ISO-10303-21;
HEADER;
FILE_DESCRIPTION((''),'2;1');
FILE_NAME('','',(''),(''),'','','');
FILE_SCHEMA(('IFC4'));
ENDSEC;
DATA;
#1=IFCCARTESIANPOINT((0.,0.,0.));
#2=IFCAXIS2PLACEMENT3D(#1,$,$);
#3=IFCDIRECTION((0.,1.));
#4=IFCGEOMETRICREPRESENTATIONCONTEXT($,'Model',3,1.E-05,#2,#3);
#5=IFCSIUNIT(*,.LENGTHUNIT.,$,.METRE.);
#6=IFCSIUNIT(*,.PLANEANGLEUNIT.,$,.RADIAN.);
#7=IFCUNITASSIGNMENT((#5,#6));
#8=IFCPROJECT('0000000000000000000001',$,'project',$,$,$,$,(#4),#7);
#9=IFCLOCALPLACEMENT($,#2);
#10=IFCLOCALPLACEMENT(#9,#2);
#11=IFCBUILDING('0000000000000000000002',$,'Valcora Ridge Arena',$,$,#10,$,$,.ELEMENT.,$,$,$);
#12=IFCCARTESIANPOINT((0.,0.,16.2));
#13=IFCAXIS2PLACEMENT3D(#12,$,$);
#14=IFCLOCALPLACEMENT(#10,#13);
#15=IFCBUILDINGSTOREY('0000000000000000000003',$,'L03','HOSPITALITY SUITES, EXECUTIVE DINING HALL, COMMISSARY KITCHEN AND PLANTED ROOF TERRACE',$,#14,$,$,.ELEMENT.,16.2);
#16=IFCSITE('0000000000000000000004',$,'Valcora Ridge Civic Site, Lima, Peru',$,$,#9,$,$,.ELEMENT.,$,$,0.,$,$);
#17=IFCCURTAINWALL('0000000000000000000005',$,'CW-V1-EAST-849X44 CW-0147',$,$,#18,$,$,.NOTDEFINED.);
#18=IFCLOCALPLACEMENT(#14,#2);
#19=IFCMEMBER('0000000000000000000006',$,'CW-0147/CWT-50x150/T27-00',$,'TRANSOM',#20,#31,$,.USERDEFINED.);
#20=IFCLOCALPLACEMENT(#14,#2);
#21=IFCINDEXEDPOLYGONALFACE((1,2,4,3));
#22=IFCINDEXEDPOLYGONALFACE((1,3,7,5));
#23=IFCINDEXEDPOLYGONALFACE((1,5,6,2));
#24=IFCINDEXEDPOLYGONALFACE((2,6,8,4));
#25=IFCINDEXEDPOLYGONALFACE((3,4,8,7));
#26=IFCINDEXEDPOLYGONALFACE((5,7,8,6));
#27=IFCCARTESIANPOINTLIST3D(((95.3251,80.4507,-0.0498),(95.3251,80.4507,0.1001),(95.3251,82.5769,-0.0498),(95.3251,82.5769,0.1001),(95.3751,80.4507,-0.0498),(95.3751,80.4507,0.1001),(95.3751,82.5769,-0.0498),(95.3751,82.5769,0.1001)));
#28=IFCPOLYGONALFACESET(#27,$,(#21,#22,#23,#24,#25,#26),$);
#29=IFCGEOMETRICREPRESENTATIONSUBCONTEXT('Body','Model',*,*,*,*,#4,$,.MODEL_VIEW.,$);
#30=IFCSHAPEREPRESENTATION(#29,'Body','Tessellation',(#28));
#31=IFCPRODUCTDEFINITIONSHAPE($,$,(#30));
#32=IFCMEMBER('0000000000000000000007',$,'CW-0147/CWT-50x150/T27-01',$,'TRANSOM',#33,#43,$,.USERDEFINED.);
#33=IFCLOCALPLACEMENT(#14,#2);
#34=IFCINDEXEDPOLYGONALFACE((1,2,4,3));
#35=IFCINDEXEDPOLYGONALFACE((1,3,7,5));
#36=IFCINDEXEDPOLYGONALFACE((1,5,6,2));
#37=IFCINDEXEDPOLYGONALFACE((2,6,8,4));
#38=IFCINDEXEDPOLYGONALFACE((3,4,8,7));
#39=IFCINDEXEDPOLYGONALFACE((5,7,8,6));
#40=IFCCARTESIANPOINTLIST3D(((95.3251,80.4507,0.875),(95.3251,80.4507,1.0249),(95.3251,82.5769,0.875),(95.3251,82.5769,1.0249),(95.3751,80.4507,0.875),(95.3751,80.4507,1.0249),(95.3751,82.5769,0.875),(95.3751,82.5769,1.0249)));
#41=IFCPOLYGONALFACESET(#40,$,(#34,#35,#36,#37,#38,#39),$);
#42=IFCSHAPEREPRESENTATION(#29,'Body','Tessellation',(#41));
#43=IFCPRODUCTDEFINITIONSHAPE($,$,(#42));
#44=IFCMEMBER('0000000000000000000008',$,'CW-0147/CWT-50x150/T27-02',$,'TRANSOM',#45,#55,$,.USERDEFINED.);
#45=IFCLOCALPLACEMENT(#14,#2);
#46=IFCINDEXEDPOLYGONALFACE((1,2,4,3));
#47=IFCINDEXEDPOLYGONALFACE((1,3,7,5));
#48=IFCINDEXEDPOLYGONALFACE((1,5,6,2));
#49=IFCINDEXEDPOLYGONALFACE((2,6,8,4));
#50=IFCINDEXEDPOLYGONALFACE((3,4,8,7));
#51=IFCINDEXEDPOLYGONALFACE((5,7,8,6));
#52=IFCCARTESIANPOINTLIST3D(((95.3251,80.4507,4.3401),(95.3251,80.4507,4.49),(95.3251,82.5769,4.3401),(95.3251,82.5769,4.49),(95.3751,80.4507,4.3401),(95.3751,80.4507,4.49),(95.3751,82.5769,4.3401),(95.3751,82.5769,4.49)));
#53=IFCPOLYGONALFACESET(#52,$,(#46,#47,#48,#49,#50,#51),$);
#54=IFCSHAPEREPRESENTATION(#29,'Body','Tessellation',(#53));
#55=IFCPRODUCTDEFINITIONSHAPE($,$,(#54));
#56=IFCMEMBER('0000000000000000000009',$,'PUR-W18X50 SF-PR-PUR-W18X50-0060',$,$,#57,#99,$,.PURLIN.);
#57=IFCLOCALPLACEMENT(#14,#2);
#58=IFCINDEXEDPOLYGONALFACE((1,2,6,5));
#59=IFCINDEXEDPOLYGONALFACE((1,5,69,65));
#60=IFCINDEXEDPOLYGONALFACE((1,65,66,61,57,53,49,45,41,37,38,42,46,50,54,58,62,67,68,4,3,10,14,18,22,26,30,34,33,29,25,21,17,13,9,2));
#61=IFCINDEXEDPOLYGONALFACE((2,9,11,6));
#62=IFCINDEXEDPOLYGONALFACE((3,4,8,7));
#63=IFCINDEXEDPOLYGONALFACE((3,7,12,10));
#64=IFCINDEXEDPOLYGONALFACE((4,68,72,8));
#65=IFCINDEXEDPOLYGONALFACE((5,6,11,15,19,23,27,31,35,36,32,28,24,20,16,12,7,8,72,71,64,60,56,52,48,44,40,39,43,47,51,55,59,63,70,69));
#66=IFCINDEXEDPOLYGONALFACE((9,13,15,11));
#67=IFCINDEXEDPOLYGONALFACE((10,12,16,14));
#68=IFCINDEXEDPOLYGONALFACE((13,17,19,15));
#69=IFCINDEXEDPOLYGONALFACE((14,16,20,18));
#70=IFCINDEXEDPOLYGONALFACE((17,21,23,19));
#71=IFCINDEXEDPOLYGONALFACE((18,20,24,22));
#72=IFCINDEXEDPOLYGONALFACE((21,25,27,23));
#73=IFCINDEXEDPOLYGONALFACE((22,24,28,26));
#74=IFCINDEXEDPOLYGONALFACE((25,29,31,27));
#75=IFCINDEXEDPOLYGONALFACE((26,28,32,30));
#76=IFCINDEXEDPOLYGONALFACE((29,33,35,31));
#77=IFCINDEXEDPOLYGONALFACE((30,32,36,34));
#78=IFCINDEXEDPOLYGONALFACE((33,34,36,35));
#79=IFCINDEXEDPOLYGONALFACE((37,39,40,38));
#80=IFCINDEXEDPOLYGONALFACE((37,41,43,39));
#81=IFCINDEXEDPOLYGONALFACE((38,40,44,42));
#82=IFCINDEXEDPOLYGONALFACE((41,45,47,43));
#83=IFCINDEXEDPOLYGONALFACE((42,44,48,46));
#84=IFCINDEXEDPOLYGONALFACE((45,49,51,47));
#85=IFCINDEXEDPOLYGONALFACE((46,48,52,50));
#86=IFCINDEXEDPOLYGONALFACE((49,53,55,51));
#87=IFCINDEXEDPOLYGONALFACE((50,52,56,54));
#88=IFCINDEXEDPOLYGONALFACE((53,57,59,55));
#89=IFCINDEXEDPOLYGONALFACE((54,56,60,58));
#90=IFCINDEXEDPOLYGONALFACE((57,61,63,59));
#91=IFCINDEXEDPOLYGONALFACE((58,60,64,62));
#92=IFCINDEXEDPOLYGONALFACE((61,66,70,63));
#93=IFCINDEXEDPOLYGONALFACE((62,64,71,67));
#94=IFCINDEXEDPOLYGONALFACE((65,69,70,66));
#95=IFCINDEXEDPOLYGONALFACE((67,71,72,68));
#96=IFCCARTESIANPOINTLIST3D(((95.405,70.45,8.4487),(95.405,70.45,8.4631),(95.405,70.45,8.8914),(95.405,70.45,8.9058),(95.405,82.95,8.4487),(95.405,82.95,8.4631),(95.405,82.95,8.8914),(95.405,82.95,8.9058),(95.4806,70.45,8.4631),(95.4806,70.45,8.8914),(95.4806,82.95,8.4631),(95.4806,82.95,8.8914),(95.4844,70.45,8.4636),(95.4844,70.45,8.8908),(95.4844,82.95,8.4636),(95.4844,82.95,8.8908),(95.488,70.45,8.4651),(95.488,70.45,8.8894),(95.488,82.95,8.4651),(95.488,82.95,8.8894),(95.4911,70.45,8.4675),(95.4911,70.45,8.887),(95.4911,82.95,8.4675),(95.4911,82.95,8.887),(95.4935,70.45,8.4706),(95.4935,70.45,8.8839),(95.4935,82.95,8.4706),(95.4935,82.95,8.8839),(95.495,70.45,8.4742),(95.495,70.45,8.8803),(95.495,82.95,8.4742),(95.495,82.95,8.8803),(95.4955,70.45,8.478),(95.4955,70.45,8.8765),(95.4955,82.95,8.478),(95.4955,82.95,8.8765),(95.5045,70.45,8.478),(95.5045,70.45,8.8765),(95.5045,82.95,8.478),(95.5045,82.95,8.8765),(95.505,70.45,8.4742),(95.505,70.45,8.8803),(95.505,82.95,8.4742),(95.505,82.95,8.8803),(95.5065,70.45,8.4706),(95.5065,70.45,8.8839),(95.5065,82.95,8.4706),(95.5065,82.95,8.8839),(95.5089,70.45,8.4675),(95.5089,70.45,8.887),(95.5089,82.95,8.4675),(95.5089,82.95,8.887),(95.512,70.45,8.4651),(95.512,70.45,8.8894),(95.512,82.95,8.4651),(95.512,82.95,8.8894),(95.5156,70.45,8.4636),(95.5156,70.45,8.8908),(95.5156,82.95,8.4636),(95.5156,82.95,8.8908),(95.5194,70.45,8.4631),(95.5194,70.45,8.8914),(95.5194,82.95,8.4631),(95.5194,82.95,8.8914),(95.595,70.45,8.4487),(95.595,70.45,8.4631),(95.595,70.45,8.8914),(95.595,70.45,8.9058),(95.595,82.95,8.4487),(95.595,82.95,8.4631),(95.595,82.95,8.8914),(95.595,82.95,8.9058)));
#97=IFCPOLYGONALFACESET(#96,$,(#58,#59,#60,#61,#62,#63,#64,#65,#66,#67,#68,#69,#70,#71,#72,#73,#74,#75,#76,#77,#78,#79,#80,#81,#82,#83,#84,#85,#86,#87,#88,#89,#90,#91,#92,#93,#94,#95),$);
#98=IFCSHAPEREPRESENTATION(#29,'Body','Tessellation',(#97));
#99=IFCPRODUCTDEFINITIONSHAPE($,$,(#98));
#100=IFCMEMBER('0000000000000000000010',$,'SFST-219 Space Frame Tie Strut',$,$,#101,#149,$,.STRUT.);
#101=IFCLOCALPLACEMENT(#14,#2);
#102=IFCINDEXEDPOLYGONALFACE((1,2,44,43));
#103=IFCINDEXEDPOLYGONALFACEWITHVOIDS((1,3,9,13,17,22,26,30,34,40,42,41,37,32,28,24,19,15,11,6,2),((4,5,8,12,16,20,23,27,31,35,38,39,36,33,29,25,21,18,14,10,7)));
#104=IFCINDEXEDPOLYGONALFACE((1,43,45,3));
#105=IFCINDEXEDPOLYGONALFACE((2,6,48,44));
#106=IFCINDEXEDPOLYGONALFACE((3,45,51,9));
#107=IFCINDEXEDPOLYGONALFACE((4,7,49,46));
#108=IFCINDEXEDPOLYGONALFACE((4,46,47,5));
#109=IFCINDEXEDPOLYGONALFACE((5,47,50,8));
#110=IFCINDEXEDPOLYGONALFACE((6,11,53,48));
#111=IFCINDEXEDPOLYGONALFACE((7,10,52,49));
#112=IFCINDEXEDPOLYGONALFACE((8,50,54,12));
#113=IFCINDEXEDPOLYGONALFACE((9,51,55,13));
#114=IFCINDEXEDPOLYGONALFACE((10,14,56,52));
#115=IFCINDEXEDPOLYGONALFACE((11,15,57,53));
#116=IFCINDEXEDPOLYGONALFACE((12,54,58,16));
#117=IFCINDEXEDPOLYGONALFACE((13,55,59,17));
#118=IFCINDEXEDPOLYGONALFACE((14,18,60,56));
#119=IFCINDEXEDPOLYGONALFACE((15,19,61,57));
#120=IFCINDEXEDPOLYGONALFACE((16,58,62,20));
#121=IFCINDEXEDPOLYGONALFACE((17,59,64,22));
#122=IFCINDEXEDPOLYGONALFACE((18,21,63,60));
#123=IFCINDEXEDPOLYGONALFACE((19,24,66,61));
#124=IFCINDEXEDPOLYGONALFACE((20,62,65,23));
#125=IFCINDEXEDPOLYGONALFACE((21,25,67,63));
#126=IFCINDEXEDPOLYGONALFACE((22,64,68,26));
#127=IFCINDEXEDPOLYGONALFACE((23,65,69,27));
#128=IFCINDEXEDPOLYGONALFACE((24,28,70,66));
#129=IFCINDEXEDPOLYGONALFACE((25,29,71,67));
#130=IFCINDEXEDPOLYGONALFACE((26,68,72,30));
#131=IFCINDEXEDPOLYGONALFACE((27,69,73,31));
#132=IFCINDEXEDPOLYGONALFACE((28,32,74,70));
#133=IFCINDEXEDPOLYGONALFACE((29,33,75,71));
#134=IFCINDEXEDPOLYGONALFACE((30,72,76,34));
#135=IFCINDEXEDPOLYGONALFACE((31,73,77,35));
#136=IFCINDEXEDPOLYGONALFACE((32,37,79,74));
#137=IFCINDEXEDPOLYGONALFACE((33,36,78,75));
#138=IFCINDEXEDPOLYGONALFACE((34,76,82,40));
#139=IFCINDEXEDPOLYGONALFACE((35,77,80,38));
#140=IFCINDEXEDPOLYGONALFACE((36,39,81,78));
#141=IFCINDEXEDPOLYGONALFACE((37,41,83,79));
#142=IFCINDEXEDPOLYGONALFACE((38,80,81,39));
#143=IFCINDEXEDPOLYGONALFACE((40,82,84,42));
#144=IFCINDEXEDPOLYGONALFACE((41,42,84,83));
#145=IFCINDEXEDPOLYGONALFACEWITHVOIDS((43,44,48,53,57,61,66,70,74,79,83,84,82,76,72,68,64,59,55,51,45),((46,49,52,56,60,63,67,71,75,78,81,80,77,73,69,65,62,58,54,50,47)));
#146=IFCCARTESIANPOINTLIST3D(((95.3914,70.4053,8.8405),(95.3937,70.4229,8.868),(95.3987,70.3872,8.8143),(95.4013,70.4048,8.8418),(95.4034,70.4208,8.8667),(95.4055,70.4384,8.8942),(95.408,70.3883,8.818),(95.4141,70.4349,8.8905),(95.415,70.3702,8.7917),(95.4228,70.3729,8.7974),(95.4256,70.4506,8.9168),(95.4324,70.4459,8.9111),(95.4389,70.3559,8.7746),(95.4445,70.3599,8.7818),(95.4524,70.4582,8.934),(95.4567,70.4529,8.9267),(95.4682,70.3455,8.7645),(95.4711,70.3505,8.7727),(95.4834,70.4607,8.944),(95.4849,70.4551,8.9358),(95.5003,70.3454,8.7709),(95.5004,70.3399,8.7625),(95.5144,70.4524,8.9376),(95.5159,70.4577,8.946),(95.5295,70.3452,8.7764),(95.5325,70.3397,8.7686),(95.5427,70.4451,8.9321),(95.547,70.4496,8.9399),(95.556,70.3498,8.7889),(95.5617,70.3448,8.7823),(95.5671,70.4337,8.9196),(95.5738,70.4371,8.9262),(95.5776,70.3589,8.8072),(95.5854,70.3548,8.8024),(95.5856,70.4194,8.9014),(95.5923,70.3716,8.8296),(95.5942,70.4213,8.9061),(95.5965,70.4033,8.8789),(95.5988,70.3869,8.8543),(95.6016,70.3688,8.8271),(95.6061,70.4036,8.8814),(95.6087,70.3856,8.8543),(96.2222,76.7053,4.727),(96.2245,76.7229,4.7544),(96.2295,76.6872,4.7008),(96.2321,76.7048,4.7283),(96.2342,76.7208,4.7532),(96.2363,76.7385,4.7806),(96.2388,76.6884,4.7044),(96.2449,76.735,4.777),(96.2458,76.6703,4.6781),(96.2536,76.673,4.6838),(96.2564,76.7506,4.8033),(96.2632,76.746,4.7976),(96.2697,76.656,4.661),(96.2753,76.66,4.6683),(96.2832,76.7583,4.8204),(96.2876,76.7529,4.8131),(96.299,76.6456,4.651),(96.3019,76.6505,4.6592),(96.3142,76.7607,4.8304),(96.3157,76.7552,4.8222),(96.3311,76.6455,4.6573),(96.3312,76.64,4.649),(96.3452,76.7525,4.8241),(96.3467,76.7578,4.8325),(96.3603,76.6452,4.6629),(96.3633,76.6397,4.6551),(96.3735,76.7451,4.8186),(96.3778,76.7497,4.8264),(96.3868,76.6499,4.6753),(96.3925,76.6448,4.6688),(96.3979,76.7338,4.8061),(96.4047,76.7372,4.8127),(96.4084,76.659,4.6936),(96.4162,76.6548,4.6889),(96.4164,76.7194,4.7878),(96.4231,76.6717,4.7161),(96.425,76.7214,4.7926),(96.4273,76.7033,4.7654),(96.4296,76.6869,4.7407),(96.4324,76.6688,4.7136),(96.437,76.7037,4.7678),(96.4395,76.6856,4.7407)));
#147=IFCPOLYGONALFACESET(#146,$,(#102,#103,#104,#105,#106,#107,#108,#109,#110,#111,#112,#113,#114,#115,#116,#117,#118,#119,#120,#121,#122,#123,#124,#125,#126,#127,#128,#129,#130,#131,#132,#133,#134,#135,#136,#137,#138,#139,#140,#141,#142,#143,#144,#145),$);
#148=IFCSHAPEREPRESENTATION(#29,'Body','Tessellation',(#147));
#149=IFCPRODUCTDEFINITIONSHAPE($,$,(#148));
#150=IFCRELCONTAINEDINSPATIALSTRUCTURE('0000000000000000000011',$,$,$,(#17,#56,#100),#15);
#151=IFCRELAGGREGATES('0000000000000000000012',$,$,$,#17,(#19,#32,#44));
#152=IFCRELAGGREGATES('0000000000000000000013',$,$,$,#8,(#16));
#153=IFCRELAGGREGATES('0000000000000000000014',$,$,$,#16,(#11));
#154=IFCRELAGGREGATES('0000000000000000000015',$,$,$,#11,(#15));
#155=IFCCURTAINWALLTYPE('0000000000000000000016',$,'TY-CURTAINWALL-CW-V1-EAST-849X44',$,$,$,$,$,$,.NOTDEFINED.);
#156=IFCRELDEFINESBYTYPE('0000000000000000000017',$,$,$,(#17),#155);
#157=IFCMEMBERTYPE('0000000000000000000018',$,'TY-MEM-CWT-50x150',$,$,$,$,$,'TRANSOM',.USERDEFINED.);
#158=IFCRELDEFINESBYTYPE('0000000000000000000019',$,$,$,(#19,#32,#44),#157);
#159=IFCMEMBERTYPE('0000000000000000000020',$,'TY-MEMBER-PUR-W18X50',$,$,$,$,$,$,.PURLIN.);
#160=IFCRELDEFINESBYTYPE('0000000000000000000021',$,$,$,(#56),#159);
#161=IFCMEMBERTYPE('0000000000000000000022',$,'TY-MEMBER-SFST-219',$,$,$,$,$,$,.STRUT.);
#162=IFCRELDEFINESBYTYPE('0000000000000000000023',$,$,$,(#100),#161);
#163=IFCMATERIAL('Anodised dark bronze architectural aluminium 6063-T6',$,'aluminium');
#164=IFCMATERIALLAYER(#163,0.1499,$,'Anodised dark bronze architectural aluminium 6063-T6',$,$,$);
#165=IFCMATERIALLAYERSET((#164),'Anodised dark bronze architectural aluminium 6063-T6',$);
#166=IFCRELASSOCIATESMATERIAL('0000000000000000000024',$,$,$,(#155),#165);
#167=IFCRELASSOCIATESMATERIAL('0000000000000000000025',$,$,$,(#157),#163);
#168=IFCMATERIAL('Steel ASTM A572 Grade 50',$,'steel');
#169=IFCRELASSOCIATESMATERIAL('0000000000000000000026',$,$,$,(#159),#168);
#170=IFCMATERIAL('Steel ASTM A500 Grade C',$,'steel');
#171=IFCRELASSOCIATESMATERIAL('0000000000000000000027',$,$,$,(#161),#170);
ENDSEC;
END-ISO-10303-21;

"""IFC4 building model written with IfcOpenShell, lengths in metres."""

from ifc_helpers import new_model, si_unit, direction, frame, origin, origin_2d, place, context, subcontext, project, spatial, rectangle, hollow_circle, i_section, extrude, material, layer, layer_set, material_profile, profile_set, type_object, element, aggregate, save


model = new_model("IFC4")

# Units and contexts
model_context = context("Model", 3, precision=1e-05, world=origin(), true_north=direction((0.0, 1.0)))
body_context = subcontext(model_context, "Body", "Model", "MODEL_VIEW")
ifc_project = project(units=[si_unit("LENGTHUNIT", "METRE"), si_unit("PLANEANGLEUNIT", "RADIAN")], contexts=[model_context])

# Site, building, storey
site_placement = place(None, origin())
site = spatial("IfcSite", under=ifc_project, at=site_placement, Name="Valcora Ridge Civic Site, Lima, Peru", CompositionType="ELEMENT", RefElevation=0.0)
building_placement = place(site_placement, origin())
building = spatial("IfcBuilding", under=site, at=building_placement, Name="Valcora Ridge Arena", CompositionType="ELEMENT")
storey_placement = place(building_placement, frame((0.0, 0.0, 16.2)))
storey = spatial("IfcBuildingStorey", under=building, at=storey_placement, Name="L03", Description="HOSPITALITY SUITES, EXECUTIVE DINING HALL, COMMISSARY KITCHEN AND PLANTED ROOF TERRACE", CompositionType="ELEMENT", Elevation=16.2)

# Curtain wall, members
ifc_material_1 = material(Name="Anodised dark bronze architectural aluminium 6063-T6", Category="aluminium")
ifc_layer_1 = layer(ifc_material_1, 0.1499, Name="Anodised dark bronze architectural aluminium 6063-T6")
ifc_layer_set_1 = layer_set([ifc_layer_1], Name="Anodised dark bronze architectural aluminium 6063-T6")
curtain_wall_type = type_object("IfcCurtainWallType", Name="TY-CURTAINWALL-CW-V1-EAST-849X44", PredefinedType="NOTDEFINED", material=ifc_layer_set_1)
curtain_wall_placement = place(storey_placement, origin())
curtain_wall = element("IfcCurtainWall", 1, at=curtain_wall_placement, inside=storey, type_object=curtain_wall_type, Name="CW-V1-EAST-849X44 CW-0147", PredefinedType="NOTDEFINED")
ifc_material_profile_1 = material_profile(ifc_material_1, rectangle(XDim=0.05, YDim=0.1499, at=origin_2d()), Name="ALU TRANSOM 50x150")
ifc_profile_set_1 = profile_set([ifc_material_profile_1], Name="Anodised dark bronze architectural aluminium 6063-T6")
member_type_1 = type_object("IfcMemberType", Name="TY-MEM-CWT-50x150", ElementType="TRANSOM", PredefinedType="USERDEFINED", material=ifc_profile_set_1)
member_1_placement = place(storey_placement, frame((95.3501, 80.4507, 0.0251), z_axis=(0.0, 1.0, 0.0), x_axis=(-1.0, 0.0, 0.0)))
member_1 = element("IfcMember", 2, at=member_1_placement, type_object=member_type_1, Name="CW-0147/CWT-50x150/T27-00", ObjectType="TRANSOM", PredefinedType="USERDEFINED", context=body_context, shape_type="SweptSolid", body=[
    extrude(rectangle(XDim=0.05, YDim=0.1499, at=origin_2d()), origin(), (0.0, 0.0, 1.0), 2.1262),
])
member_2_placement = place(storey_placement, frame((95.3501, 80.4507, 0.95), z_axis=(0.0, 1.0, 0.0), x_axis=(-1.0, 0.0, 0.0)))
member_2 = element("IfcMember", 3, at=member_2_placement, type_object=member_type_1, Name="CW-0147/CWT-50x150/T27-01", ObjectType="TRANSOM", PredefinedType="USERDEFINED", context=body_context, shape_type="SweptSolid", body=[
    extrude(rectangle(XDim=0.05, YDim=0.1499, at=origin_2d()), origin(), (0.0, 0.0, 1.0), 2.1262),
])
member_3_placement = place(storey_placement, frame((95.3501, 80.4507, 4.415), z_axis=(0.0, 1.0, 0.0), x_axis=(-1.0, 0.0, 0.0)))
member_3 = element("IfcMember", 4, at=member_3_placement, type_object=member_type_1, Name="CW-0147/CWT-50x150/T27-02", ObjectType="TRANSOM", PredefinedType="USERDEFINED", context=body_context, shape_type="SweptSolid", body=[
    extrude(rectangle(XDim=0.05, YDim=0.1499, at=origin_2d()), origin(), (0.0, 0.0, 1.0), 2.1262),
])

# Members
ifc_material_2 = material(Name="Steel ASTM A572 Grade 50", Category="steel")
ifc_material_profile_2 = material_profile(ifc_material_2, i_section(OverallWidth=0.1899, OverallDepth=0.457, WebThickness=0.009, FlangeThickness=0.0144, FilletRadius=0.0149, at=origin_2d()), Name="W18X50")
ifc_profile_set_2 = profile_set([ifc_material_profile_2], Name="Steel ASTM A572 Grade 50")
member_type_2 = type_object("IfcMemberType", Name="TY-MEMBER-PUR-W18X50", PredefinedType="PURLIN", material=ifc_profile_set_2)
member_4_placement = place(storey_placement, frame((95.5, 70.45, 8.6772), z_axis=(0.0, 1.0, 0.0), x_axis=(-1.0, 0.0, 0.0)))
element("IfcMember", 5, at=member_4_placement, inside=storey, type_object=member_type_2, Name="PUR-W18X50 SF-PR-PUR-W18X50-0060", PredefinedType="PURLIN", context=body_context, shape_type="SweptSolid", body=[
    extrude(i_section(OverallWidth=0.1899, OverallDepth=0.457, WebThickness=0.009, FlangeThickness=0.0144, FilletRadius=0.0149, at=origin_2d()), origin(), (0.0, 0.0, 1.0), 12.5),
])
ifc_material_3 = material(Name="Steel ASTM A500 Grade C", Category="steel")
ifc_material_profile_3 = material_profile(ifc_material_3, hollow_circle(Radius=0.1096, WallThickness=0.01, at=origin_2d()), Name="CHS219X10")
ifc_profile_set_3 = profile_set([ifc_material_profile_3], Name="Steel ASTM A500 Grade C")
member_type_3 = type_object("IfcMemberType", Name="TY-MEMBER-SFST-219", PredefinedType="STRUT", material=ifc_profile_set_3)
member_5_placement = place(storey_placement, frame((96.3308, 76.7, 4.7407), z_axis=(-0.109753, -0.83226, 0.543412), x_axis=(0.991416, -0.130742, 0.0)))
element("IfcMember", 6, at=member_5_placement, inside=storey, type_object=member_type_3, Name="SFST-219 Space Frame Tie Strut", PredefinedType="STRUT", context=body_context, shape_type="SweptSolid", body=[
    extrude(hollow_circle(Radius=0.1096, WallThickness=0.01, at=origin_2d()), origin(), (0.0, 0.0, 1.0), 7.5698),
])

aggregate(curtain_wall, [member_1, member_2, member_3])

save(model, "model.ifc")
